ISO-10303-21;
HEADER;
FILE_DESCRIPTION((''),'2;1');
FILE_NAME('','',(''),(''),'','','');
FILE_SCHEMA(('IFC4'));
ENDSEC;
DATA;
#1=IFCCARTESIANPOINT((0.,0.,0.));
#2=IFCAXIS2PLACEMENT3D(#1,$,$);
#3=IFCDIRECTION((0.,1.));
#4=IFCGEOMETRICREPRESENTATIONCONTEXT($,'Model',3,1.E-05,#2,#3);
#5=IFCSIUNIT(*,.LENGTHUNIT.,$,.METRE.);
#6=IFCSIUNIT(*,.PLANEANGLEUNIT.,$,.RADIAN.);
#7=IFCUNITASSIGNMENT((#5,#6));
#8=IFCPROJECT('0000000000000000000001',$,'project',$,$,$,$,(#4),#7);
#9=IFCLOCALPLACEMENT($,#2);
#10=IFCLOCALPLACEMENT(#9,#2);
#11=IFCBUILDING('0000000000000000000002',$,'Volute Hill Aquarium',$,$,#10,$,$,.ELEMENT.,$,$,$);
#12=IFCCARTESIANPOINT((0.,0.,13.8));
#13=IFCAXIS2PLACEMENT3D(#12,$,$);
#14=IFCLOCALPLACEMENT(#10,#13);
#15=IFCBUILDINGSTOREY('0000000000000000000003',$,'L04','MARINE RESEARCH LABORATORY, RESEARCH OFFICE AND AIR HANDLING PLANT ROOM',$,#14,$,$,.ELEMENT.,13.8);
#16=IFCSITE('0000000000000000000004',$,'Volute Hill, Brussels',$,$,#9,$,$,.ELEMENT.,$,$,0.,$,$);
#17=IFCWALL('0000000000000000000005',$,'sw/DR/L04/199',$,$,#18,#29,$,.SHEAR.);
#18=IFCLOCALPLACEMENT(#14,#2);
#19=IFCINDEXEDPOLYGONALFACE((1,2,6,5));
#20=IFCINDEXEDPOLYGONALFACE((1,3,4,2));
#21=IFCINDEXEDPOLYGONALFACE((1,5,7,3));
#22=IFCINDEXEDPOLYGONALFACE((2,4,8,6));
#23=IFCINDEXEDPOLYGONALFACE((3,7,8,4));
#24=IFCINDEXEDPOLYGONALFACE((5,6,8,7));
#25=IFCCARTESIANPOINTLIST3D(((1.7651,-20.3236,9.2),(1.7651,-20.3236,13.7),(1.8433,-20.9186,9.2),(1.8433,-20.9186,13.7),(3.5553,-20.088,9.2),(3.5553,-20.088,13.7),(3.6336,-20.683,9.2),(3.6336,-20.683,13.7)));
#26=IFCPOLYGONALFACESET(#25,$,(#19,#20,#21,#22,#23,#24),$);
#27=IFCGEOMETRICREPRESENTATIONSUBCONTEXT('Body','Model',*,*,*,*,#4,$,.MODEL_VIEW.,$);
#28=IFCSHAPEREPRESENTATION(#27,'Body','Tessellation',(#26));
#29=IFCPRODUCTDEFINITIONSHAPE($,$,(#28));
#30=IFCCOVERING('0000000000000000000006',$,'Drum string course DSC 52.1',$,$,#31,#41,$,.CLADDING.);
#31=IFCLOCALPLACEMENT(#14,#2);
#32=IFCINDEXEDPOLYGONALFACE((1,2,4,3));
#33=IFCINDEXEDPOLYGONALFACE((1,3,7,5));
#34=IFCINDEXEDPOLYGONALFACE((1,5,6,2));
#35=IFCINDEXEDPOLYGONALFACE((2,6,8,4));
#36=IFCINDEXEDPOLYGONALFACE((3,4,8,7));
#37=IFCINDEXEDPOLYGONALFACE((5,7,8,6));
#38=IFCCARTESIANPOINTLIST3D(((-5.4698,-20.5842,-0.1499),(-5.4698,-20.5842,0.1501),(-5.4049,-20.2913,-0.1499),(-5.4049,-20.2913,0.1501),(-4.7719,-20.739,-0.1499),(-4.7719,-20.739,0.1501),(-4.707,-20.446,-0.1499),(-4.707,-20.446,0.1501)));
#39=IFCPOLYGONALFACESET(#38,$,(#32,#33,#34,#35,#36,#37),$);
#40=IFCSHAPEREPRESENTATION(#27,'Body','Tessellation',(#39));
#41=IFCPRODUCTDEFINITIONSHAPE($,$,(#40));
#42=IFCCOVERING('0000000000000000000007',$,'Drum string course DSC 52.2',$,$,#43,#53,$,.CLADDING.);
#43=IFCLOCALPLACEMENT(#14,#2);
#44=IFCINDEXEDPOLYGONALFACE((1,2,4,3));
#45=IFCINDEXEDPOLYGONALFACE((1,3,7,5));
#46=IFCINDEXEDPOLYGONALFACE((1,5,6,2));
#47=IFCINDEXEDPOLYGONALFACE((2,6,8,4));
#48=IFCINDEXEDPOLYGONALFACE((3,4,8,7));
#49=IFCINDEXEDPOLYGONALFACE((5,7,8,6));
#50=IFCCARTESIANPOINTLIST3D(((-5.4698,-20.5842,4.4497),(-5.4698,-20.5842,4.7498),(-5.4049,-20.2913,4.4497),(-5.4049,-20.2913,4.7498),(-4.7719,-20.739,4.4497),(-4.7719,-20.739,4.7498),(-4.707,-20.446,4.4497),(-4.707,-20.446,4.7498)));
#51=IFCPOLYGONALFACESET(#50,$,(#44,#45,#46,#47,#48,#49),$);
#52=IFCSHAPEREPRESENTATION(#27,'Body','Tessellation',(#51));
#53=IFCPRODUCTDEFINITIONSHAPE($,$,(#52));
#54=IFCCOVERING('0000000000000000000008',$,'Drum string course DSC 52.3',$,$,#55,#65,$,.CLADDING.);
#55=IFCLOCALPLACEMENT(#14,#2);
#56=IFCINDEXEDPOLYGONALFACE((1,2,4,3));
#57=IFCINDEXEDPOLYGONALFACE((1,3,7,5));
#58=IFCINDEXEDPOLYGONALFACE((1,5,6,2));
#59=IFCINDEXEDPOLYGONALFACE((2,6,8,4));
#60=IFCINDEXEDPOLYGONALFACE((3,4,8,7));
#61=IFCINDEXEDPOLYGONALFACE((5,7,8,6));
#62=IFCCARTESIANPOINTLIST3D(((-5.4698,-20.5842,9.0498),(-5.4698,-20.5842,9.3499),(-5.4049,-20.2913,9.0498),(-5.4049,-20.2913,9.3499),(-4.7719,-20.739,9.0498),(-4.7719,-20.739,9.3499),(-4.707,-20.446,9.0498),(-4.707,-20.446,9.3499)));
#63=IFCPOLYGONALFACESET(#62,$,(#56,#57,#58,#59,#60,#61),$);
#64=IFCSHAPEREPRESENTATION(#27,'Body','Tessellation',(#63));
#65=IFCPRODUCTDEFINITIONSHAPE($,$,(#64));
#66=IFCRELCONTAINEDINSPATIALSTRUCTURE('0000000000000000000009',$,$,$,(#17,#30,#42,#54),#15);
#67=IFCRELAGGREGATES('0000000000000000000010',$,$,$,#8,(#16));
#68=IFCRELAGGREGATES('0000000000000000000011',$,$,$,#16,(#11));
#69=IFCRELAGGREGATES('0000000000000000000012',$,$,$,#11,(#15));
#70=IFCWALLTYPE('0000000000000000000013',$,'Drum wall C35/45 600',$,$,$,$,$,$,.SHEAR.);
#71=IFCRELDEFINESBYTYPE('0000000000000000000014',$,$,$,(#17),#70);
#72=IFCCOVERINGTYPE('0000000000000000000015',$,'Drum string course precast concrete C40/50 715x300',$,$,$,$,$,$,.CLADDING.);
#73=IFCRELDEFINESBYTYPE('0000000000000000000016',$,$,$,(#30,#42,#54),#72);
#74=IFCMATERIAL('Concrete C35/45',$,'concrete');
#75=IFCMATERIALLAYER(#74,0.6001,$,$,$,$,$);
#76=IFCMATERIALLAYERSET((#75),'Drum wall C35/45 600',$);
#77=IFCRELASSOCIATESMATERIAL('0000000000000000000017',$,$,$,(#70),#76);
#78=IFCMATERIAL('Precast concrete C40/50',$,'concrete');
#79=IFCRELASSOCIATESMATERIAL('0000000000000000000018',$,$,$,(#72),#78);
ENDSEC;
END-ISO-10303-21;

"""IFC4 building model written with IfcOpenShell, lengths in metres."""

from ifc_helpers import new_model, si_unit, direction, frame, frame_2d, origin, origin_2d, place, context, subcontext, project, spatial, rectangle, extrude, material, layer, layer_set, type_object, element, save


model = new_model("IFC4")

# Units and contexts
model_context = context("Model", 3, precision=1e-05, world=origin(), true_north=direction((0.0, 1.0)))
body_context = subcontext(model_context, "Body", "Model", "MODEL_VIEW")
ifc_project = project(units=[si_unit("LENGTHUNIT", "METRE"), si_unit("PLANEANGLEUNIT", "RADIAN")], contexts=[model_context])

# Site, building, storey
site_placement = place(None, origin())
site = spatial("IfcSite", under=ifc_project, at=site_placement, Name="Volute Hill, Brussels", CompositionType="ELEMENT", RefElevation=0.0)
building_placement = place(site_placement, origin())
building = spatial("IfcBuilding", under=site, at=building_placement, Name="Volute Hill Aquarium", CompositionType="ELEMENT")
storey_placement = place(building_placement, frame((0.0, 0.0, 13.8)))
storey = spatial("IfcBuildingStorey", under=building, at=storey_placement, Name="L04", Description="MARINE RESEARCH LABORATORY, RESEARCH OFFICE AND AIR HANDLING PLANT ROOM", CompositionType="ELEMENT", Elevation=13.8)

# Wall
ifc_material_1 = material(Name="Concrete C35/45", Category="concrete")
ifc_layer_1 = layer(ifc_material_1, 0.6001)
ifc_layer_set_1 = layer_set([ifc_layer_1], Name="Drum wall C35/45 600")
wall_type = type_object("IfcWallType", Name="Drum wall C35/45 600", PredefinedType="SHEAR", material=ifc_layer_set_1)
wall_1_placement = place(storey_placement, frame((1.8042, -20.6211, 9.2), z_axis=(0.0, 0.0, 1.0), x_axis=(0.991452, 0.130472, 0.0)))
element("IfcWall", 1, at=wall_1_placement, inside=storey, type_object=wall_type, Name="sw/DR/L04/199", PredefinedType="SHEAR", context=body_context, shape_type="SweptSolid", body=[
    extrude(rectangle(XDim=1.8057, YDim=0.6001, at=frame_2d((0.9028, 0.0))), origin(), (0.0, 0.0, 1.0), 4.5),
])

# Coverings
ifc_material_2 = material(Name="Precast concrete C40/50", Category="concrete")
covering_type = type_object("IfcCoveringType", Name="Drum string course precast concrete C40/50 715x300", PredefinedType="CLADDING", material=ifc_material_2)
for number, where, z_axis, x_axis, name in (
    (2, (-5.0884, -20.5151, -0.1499), (0.0, 0.0, 1.0), (0.976296, -0.21644, 0.0), "Drum string course DSC 52.1"),
    (3, (-5.0884, -20.5151, 4.4497), (0.0, 0.0, 1.0), (0.976296, -0.21644, 0.0), "Drum string course DSC 52.2"),
    (4, (-5.0884, -20.5151, 9.0498), (0.0, 0.0, 1.0), (0.976296, -0.21644, 0.0), "Drum string course DSC 52.3"),
):
    element("IfcCovering", number, at=place(storey_placement, frame(where, z_axis=z_axis, x_axis=x_axis)), inside=storey, type_object=covering_type, Name=name, PredefinedType="CLADDING", context=body_context, shape_type="SweptSolid", body=[
        extrude(rectangle(XDim=0.7148, YDim=0.3, at=origin_2d()), origin(), (0.0, 0.0, 1.0), 0.3),
    ])

save(model, "model.ifc")
